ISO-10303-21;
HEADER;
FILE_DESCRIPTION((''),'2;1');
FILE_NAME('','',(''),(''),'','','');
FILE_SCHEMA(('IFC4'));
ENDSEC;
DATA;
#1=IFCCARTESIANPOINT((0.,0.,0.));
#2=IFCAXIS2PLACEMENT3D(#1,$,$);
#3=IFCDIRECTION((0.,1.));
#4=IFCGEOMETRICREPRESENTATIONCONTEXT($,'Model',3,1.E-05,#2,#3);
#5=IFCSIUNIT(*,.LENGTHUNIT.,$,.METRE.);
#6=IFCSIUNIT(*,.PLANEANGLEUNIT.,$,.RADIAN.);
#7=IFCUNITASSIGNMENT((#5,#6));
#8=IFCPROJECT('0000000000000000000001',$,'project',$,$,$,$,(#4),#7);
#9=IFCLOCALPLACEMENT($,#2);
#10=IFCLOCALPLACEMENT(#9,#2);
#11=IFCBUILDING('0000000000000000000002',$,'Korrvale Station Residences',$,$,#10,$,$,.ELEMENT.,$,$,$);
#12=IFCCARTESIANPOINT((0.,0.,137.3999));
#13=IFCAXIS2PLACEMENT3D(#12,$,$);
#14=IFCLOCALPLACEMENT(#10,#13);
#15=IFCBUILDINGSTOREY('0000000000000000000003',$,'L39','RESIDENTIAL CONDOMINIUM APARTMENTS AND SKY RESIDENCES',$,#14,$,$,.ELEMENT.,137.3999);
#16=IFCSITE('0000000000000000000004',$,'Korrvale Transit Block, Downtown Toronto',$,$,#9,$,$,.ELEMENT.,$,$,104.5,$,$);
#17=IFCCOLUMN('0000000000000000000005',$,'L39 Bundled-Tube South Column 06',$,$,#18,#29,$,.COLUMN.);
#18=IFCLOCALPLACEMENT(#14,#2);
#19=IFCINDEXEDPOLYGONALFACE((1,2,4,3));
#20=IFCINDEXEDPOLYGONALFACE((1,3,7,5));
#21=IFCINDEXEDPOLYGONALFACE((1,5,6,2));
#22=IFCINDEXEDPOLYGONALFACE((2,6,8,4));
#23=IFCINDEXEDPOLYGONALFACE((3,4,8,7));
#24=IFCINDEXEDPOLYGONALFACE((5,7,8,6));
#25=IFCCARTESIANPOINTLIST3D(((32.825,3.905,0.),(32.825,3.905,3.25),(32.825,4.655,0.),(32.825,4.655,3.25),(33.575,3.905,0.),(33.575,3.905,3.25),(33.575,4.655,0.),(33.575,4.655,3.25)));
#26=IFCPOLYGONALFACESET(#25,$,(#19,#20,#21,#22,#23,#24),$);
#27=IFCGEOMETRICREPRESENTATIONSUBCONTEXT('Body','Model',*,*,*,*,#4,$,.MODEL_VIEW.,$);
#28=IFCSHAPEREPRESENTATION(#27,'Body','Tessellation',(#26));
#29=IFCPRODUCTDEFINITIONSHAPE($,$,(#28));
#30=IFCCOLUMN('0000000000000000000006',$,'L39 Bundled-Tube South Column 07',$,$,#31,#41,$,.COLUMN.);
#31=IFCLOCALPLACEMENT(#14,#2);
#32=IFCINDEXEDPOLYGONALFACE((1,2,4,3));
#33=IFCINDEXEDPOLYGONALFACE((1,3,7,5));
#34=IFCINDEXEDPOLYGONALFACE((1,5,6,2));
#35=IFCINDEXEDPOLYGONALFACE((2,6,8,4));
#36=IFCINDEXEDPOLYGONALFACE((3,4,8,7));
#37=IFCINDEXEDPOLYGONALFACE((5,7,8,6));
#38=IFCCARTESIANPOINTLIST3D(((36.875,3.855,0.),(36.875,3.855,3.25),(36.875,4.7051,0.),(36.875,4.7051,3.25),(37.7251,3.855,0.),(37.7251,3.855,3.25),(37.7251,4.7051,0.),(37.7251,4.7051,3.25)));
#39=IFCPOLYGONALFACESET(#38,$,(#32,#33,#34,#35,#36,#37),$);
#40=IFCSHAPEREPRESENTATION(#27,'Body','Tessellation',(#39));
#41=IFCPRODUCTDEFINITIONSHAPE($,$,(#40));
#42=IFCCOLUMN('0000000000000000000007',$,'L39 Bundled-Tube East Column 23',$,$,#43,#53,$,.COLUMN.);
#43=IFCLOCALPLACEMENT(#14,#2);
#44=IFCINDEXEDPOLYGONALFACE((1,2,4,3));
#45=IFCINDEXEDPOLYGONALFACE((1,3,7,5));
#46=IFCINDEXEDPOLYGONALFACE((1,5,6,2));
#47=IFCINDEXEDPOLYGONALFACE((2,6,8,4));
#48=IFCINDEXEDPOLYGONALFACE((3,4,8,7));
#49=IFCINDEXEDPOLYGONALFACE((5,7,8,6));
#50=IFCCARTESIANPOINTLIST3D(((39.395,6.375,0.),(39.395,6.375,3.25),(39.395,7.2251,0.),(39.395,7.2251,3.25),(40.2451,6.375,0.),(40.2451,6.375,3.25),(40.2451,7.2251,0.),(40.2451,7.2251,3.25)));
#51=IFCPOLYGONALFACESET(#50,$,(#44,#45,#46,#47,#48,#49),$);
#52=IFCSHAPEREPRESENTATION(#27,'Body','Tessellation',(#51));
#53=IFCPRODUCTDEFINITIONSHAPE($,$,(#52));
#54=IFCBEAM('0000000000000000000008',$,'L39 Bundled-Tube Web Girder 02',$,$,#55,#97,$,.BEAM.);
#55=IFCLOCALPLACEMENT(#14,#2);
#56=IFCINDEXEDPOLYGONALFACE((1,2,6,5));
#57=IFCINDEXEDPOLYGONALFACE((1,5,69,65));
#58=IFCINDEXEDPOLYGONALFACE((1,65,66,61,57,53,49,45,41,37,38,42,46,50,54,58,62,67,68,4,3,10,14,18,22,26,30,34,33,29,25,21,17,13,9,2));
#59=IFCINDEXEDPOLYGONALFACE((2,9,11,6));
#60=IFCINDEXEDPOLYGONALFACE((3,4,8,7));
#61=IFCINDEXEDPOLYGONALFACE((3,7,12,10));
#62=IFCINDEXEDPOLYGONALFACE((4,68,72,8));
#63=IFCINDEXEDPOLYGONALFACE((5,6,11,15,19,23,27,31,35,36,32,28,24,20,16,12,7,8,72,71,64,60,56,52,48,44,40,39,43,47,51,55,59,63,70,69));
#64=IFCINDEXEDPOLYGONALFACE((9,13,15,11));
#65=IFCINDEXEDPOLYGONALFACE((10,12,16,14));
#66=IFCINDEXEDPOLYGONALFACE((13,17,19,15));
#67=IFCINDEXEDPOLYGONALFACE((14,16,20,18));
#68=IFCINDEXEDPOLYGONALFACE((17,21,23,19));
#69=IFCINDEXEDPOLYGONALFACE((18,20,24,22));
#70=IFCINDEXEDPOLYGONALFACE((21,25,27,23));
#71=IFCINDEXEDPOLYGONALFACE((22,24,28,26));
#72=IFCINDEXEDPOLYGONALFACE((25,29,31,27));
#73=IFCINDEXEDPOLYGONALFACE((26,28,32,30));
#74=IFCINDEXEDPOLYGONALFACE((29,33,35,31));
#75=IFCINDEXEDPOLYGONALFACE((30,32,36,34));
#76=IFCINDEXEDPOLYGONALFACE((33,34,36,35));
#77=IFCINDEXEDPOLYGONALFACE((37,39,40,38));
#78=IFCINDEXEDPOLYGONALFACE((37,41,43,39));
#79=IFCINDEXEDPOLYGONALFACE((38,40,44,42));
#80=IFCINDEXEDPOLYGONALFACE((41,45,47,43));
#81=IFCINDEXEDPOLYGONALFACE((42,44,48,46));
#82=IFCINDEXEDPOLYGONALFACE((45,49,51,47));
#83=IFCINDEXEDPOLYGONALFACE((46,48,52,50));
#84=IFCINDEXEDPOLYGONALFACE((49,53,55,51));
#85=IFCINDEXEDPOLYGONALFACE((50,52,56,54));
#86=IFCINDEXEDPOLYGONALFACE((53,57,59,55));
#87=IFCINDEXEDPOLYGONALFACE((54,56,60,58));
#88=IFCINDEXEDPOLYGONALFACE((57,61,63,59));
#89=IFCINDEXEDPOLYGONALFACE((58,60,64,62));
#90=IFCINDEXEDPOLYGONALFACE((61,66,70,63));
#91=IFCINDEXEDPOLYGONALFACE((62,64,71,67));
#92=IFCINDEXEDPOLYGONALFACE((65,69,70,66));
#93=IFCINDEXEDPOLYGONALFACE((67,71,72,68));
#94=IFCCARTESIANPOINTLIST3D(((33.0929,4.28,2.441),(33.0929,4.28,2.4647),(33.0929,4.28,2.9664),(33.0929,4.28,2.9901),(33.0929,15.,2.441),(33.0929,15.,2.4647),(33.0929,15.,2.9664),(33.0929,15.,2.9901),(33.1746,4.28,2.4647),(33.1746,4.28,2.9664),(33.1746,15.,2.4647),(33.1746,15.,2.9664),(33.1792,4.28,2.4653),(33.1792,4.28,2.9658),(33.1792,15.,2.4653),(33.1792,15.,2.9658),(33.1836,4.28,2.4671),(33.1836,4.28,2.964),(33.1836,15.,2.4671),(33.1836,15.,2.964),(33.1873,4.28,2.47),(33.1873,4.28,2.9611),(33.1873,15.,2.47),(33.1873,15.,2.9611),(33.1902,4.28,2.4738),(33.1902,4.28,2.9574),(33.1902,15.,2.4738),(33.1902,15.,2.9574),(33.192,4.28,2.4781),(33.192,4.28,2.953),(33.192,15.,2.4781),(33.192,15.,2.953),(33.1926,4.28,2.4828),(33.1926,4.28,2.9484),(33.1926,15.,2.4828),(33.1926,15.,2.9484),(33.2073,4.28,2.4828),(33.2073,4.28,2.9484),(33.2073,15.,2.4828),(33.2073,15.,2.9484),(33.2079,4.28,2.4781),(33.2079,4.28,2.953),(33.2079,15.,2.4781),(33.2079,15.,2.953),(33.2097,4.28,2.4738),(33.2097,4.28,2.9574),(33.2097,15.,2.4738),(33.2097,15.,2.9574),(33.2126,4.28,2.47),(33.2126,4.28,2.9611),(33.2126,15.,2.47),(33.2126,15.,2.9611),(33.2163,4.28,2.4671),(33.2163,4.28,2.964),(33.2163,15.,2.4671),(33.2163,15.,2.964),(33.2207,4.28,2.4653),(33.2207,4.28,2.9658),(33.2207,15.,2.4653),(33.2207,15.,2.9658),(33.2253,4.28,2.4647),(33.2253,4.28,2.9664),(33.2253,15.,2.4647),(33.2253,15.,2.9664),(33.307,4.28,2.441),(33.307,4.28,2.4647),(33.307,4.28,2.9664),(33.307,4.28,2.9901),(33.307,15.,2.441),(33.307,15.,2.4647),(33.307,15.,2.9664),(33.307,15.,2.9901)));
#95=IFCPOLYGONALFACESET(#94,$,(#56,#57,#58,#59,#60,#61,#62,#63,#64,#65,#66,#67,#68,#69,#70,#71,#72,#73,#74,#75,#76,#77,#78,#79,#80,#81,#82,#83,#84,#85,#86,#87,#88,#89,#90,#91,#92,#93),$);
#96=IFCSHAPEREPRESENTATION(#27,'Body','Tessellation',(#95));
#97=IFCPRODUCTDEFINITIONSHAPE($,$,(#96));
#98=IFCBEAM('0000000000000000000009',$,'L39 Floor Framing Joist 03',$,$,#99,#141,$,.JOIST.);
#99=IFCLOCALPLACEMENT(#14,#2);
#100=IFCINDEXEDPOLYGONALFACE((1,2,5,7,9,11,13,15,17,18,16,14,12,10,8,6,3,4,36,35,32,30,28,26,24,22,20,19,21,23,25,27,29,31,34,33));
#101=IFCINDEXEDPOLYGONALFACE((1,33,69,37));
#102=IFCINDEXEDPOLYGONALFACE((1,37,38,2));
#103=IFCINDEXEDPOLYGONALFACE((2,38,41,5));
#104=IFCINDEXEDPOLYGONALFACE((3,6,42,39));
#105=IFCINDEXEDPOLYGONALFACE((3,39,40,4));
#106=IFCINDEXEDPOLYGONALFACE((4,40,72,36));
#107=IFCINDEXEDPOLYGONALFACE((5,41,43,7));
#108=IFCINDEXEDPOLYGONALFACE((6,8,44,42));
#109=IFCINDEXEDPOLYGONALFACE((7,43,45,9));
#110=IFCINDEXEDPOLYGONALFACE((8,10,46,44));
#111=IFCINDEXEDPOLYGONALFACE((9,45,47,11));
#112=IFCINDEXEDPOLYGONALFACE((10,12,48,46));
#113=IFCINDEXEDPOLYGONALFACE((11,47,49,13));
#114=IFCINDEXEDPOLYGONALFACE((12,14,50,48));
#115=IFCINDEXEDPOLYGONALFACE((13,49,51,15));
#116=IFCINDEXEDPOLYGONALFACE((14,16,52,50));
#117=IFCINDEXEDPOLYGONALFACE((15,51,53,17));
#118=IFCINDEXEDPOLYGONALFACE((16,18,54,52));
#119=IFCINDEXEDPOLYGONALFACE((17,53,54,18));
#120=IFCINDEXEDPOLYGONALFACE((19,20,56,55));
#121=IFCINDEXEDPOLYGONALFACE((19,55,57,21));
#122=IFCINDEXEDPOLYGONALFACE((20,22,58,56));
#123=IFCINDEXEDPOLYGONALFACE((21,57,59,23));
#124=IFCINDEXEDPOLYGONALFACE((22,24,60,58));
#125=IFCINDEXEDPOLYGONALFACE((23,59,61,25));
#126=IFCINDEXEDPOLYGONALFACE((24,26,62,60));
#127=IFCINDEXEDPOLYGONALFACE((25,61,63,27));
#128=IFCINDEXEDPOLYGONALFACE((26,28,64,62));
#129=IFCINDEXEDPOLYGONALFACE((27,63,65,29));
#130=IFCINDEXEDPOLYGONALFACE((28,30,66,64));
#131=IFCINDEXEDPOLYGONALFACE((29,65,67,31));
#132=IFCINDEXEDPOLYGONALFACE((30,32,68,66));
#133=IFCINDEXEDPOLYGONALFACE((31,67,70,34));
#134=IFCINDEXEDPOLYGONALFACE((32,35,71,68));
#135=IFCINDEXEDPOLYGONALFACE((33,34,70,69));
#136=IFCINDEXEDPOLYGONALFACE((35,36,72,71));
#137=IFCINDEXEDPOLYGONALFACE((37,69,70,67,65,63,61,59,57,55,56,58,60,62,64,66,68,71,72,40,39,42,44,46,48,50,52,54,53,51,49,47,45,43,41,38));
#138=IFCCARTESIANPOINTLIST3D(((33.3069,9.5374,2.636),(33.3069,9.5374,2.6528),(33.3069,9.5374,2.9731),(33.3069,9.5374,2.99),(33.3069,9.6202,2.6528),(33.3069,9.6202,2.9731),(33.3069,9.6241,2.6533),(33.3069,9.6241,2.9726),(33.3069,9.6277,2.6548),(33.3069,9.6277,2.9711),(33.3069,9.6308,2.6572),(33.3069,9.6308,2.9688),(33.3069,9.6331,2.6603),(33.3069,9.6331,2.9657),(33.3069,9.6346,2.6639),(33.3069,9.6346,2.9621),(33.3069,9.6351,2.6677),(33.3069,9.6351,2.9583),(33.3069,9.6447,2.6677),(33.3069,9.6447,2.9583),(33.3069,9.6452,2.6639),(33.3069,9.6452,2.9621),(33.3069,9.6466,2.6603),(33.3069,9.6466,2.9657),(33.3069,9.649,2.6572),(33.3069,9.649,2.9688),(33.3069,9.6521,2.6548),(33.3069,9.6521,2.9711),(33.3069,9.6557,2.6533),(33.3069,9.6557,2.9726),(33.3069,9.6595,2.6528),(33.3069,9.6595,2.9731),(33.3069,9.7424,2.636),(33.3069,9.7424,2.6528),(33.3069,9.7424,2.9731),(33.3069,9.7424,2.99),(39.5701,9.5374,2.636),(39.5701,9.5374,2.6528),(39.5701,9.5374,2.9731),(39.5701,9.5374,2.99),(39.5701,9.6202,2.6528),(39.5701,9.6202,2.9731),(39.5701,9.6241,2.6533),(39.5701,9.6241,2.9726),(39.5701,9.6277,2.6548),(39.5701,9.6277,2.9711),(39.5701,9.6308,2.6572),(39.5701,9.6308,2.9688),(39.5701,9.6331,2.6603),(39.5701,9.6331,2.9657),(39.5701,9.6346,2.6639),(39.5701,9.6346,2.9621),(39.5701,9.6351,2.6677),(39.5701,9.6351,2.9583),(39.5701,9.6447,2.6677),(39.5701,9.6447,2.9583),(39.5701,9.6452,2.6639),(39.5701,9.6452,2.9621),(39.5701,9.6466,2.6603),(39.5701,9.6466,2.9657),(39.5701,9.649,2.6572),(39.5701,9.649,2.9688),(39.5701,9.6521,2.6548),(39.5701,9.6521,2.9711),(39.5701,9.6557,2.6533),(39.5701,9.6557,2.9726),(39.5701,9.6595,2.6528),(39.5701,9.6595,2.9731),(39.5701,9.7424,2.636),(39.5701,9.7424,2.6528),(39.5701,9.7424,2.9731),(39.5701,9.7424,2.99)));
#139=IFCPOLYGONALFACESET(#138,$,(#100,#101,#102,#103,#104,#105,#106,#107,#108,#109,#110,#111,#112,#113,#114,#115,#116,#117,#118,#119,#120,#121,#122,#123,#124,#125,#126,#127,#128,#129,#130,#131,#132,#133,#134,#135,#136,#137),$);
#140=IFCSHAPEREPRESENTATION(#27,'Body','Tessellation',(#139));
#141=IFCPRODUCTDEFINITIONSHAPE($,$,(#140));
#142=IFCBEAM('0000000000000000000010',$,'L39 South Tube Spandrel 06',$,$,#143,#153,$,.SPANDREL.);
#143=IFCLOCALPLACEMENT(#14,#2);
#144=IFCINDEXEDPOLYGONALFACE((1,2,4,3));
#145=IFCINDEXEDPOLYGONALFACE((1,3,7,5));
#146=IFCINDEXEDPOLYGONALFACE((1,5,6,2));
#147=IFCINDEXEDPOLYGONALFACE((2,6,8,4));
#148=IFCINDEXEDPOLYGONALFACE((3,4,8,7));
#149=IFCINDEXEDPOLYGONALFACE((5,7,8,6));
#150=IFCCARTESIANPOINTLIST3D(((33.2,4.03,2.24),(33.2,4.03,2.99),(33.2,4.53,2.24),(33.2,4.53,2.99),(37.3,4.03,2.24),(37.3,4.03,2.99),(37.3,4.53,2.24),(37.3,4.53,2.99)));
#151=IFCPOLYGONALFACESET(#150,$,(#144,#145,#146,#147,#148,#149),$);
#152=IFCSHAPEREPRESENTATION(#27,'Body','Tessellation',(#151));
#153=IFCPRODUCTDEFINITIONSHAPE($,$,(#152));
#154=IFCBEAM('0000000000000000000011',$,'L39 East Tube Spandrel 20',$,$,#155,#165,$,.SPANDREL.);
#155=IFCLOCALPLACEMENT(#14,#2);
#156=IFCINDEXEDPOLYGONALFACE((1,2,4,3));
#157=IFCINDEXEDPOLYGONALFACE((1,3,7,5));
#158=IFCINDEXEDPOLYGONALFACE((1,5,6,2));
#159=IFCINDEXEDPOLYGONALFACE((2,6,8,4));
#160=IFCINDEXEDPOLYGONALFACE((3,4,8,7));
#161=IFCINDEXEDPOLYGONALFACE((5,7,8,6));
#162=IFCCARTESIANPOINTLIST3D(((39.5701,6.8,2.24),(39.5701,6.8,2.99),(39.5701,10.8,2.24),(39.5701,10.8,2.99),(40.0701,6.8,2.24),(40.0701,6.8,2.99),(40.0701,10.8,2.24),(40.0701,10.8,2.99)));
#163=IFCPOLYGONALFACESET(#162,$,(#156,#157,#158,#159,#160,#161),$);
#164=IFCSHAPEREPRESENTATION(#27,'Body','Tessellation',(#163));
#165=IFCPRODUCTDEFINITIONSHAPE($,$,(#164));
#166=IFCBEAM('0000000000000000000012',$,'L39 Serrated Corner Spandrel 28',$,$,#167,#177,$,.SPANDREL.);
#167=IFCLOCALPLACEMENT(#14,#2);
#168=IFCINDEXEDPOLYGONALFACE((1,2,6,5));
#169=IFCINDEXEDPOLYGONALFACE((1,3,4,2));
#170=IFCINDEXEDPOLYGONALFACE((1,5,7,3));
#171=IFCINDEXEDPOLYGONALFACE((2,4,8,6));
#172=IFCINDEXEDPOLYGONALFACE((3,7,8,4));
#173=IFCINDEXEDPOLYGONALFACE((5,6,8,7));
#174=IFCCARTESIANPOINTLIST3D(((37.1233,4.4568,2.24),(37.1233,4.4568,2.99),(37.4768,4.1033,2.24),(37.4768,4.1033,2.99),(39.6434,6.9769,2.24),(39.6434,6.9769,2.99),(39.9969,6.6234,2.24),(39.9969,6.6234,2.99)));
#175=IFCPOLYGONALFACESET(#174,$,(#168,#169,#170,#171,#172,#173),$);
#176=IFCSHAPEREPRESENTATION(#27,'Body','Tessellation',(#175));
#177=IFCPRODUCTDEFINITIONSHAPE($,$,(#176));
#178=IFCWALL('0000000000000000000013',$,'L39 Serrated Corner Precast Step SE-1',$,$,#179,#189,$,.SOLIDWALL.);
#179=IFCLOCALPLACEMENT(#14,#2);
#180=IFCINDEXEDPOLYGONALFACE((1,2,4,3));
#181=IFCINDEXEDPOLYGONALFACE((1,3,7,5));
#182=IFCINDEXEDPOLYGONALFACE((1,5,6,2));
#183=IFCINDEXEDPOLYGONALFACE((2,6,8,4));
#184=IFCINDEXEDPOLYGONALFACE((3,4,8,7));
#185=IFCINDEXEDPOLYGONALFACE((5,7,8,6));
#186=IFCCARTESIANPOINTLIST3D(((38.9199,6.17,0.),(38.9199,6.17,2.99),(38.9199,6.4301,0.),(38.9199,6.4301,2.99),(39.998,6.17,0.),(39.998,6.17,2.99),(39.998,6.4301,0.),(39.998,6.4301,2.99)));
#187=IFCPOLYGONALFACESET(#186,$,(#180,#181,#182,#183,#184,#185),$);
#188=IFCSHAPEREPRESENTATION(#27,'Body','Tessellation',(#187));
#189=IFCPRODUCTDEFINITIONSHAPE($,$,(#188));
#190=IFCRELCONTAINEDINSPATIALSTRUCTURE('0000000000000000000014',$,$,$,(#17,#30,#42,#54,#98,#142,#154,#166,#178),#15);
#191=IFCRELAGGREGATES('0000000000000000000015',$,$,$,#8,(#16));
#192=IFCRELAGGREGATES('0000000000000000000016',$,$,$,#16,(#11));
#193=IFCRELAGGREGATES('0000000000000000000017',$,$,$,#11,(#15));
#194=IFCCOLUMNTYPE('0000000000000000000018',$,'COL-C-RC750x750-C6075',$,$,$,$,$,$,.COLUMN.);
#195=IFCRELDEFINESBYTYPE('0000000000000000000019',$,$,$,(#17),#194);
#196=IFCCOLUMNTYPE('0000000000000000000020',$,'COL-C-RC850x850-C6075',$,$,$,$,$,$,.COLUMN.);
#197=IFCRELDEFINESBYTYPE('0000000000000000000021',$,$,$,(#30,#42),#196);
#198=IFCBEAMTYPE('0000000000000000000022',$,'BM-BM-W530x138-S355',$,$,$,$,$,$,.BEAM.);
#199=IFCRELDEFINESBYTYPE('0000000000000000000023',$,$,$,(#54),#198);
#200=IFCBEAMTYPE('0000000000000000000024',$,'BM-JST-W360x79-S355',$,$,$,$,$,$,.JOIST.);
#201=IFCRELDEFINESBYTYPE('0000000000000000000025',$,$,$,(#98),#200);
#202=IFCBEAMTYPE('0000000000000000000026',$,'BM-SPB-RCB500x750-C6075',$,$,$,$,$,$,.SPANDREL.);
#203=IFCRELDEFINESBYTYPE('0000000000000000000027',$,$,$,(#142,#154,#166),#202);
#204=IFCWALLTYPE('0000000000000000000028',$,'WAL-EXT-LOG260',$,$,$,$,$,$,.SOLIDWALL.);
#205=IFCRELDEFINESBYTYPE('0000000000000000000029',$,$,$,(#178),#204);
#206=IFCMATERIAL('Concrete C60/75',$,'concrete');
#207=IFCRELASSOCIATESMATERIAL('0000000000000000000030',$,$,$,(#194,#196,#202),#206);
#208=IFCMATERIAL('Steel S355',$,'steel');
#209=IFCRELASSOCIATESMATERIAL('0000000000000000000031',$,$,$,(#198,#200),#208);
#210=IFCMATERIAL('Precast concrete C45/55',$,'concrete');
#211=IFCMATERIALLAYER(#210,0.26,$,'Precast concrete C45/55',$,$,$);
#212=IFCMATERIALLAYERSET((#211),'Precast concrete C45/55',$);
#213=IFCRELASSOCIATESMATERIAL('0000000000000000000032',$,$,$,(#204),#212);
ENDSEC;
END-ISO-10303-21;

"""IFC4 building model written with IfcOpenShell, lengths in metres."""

from ifc_helpers import new_model, si_unit, direction, frame, frame_2d, origin, origin_2d, place, context, subcontext, project, spatial, rectangle, i_section, extrude, material, layer, layer_set, material_profile, profile_set, type_object, element, save


model = new_model("IFC4")

# Units and contexts
model_context = context("Model", 3, precision=1e-05, world=origin(), true_north=direction((0.0, 1.0)))
body_context = subcontext(model_context, "Body", "Model", "MODEL_VIEW")
ifc_project = project(units=[si_unit("LENGTHUNIT", "METRE"), si_unit("PLANEANGLEUNIT", "RADIAN")], contexts=[model_context])

# Site, building, storey
site_placement = place(None, origin())
site = spatial("IfcSite", under=ifc_project, at=site_placement, Name="Korrvale Transit Block, Downtown Toronto", CompositionType="ELEMENT", RefElevation=104.5)
building_placement = place(site_placement, origin())
building = spatial("IfcBuilding", under=site, at=building_placement, Name="Korrvale Station Residences", CompositionType="ELEMENT")
storey_placement = place(building_placement, frame((0.0, 0.0, 137.3999)))
storey = spatial("IfcBuildingStorey", under=building, at=storey_placement, Name="L39", Description="RESIDENTIAL CONDOMINIUM APARTMENTS AND SKY RESIDENCES", CompositionType="ELEMENT", Elevation=137.3999)

# Columns
ifc_material_1 = material(Name="Concrete C60/75", Category="concrete")
ifc_material_profile_1 = material_profile(ifc_material_1, rectangle(XDim=0.75, YDim=0.75, at=origin_2d()), Name="RC750x750")
ifc_profile_set_1 = profile_set([ifc_material_profile_1], Name="Concrete C60/75")
column_type_1 = type_object("IfcColumnType", Name="COL-C-RC750x750-C6075", PredefinedType="COLUMN", material=ifc_profile_set_1)
column_placement = place(storey_placement, frame((33.2, 4.28, 0.0), z_axis=(0.0, 0.0, 1.0), x_axis=(1.0, 0.0, 0.0)))
element("IfcColumn", 1, at=column_placement, inside=storey, type_object=column_type_1, Name="L39 Bundled-Tube South Column 06", PredefinedType="COLUMN", context=body_context, shape_type="SweptSolid", body=[
    extrude(rectangle(XDim=0.75, YDim=0.75, at=origin_2d()), origin(), (0.0, 0.0, 1.0), 3.25),
])
ifc_material_profile_2 = material_profile(ifc_material_1, rectangle(XDim=0.8501, YDim=0.8501, at=origin_2d()), Name="RC850x850")
ifc_profile_set_2 = profile_set([ifc_material_profile_2], Name="Concrete C60/75")
column_type_2 = type_object("IfcColumnType", Name="COL-C-RC850x850-C6075", PredefinedType="COLUMN", material=ifc_profile_set_2)
for number, where, z_axis, x_axis, name in (
    (2, (37.3, 4.28, 0.0), (0.0, 0.0, 1.0), (1.0, 0.0, 0.0), "L39 Bundled-Tube South Column 07"),
    (3, (39.8201, 6.8, 0.0), (0.0, 0.0, 1.0), (1.0, 0.0, 0.0), "L39 Bundled-Tube East Column 23"),
):
    element("IfcColumn", number, at=place(storey_placement, frame(where, z_axis=z_axis, x_axis=x_axis)), inside=storey, type_object=column_type_2, Name=name, PredefinedType="COLUMN", context=body_context, shape_type="SweptSolid", body=[
        extrude(rectangle(XDim=0.8501, YDim=0.8501, at=origin_2d()), origin(), (0.0, 0.0, 1.0), 3.25),
    ])

# Beams
ifc_material_2 = material(Name="Steel S355", Category="steel")
ifc_material_profile_3 = material_profile(ifc_material_2, i_section(OverallWidth=0.2141, OverallDepth=0.5491, WebThickness=0.0146, FlangeThickness=0.0237, FilletRadius=0.0181, at=origin_2d()), Name="W530x138")
ifc_profile_set_3 = profile_set([ifc_material_profile_3], Name="Steel S355")
beam_type_1 = type_object("IfcBeamType", Name="BM-BM-W530x138-S355", PredefinedType="BEAM", material=ifc_profile_set_3)
beam_1_placement = place(storey_placement, frame((33.2, 4.28, 2.7156), z_axis=(0.0, 1.0, 0.0), x_axis=(-1.0, 0.0, 0.0)))
element("IfcBeam", 4, at=beam_1_placement, inside=storey, type_object=beam_type_1, Name="L39 Bundled-Tube Web Girder 02", PredefinedType="BEAM", context=body_context, shape_type="SweptSolid", body=[
    extrude(i_section(OverallWidth=0.2141, OverallDepth=0.5491, WebThickness=0.0146, FlangeThickness=0.0237, FilletRadius=0.0181, at=origin_2d()), origin(), (0.0, 0.0, 1.0), 10.72),
])
ifc_material_profile_4 = material_profile(ifc_material_2, i_section(OverallWidth=0.2051, OverallDepth=0.354, WebThickness=0.0095, FlangeThickness=0.0168, FilletRadius=0.0149, at=origin_2d()), Name="W360x79")
ifc_profile_set_4 = profile_set([ifc_material_profile_4], Name="Steel S355")
beam_type_2 = type_object("IfcBeamType", Name="BM-JST-W360x79-S355", PredefinedType="JOIST", material=ifc_profile_set_4)
beam_2_placement = place(storey_placement, frame((33.3069, 9.6399, 2.813), z_axis=(1.0, 0.0, 0.0), x_axis=(0.0, 1.0, 0.0)))
element("IfcBeam", 5, at=beam_2_placement, inside=storey, type_object=beam_type_2, Name="L39 Floor Framing Joist 03", PredefinedType="JOIST", context=body_context, shape_type="SweptSolid", body=[
    extrude(i_section(OverallWidth=0.2051, OverallDepth=0.354, WebThickness=0.0095, FlangeThickness=0.0168, FilletRadius=0.0149, at=origin_2d()), origin(), (0.0, 0.0, 1.0), 6.2632),
])
ifc_material_profile_5 = material_profile(ifc_material_1, rectangle(XDim=0.5, YDim=0.75, at=origin_2d()), Name="RCB500x750")
ifc_profile_set_5 = profile_set([ifc_material_profile_5], Name="Concrete C60/75")
beam_type_3 = type_object("IfcBeamType", Name="BM-SPB-RCB500x750-C6075", PredefinedType="SPANDREL", material=ifc_profile_set_5)
beam_3_placement = place(storey_placement, frame((33.2, 4.28, 2.615), z_axis=(1.0, 0.0, 0.0), x_axis=(0.0, 1.0, 0.0)))
element("IfcBeam", 6, at=beam_3_placement, inside=storey, type_object=beam_type_3, Name="L39 South Tube Spandrel 06", PredefinedType="SPANDREL", context=body_context, shape_type="SweptSolid", body=[
    extrude(rectangle(XDim=0.5, YDim=0.75, at=origin_2d()), origin(), (0.0, 0.0, 1.0), 4.1001),
])
beam_4_placement = place(storey_placement, frame((39.8201, 6.8, 2.615), z_axis=(0.0, 1.0, 0.0), x_axis=(-1.0, 0.0, 0.0)))
element("IfcBeam", 7, at=beam_4_placement, inside=storey, type_object=beam_type_3, Name="L39 East Tube Spandrel 20", PredefinedType="SPANDREL", context=body_context, shape_type="SweptSolid", body=[
    extrude(rectangle(XDim=0.5, YDim=0.75, at=origin_2d()), origin(), (0.0, 0.0, 1.0), 4.0),
])
beam_5_placement = place(storey_placement, frame((37.3, 4.28, 2.615), z_axis=(0.707107, 0.707107, 0.0), x_axis=(-0.707107, 0.707107, 0.0)))
element("IfcBeam", 8, at=beam_5_placement, inside=storey, type_object=beam_type_3, Name="L39 Serrated Corner Spandrel 28", PredefinedType="SPANDREL", context=body_context, shape_type="SweptSolid", body=[
    extrude(rectangle(XDim=0.5, YDim=0.75, at=origin_2d()), origin(), (0.0, 0.0, 1.0), 3.564),
])

# Wall
ifc_material_3 = material(Name="Precast concrete C45/55", Category="concrete")
ifc_layer_1 = layer(ifc_material_3, 0.26, Name="Precast concrete C45/55")
ifc_layer_set_1 = layer_set([ifc_layer_1], Name="Precast concrete C45/55")
wall_type_1 = type_object("IfcWallType", Name="WAL-EXT-LOG260", PredefinedType="SOLIDWALL", material=ifc_layer_set_1)
wall_1_placement = place(storey_placement, frame((39.998, 6.3, 0.0), z_axis=(0.0, 0.0, 1.0), x_axis=(-1.0, 0.0, 0.0)))
element("IfcWall", 9, at=wall_1_placement, inside=storey, type_object=wall_type_1, Name="L39 Serrated Corner Precast Step SE-1", PredefinedType="SOLIDWALL", context=body_context, shape_type="SweptSolid", body=[
    extrude(rectangle(XDim=1.0781, YDim=0.26, at=frame_2d((0.5391, 0.0))), origin(), (0.0, 0.0, 1.0), 2.99),
])

save(model, "model.ifc")
